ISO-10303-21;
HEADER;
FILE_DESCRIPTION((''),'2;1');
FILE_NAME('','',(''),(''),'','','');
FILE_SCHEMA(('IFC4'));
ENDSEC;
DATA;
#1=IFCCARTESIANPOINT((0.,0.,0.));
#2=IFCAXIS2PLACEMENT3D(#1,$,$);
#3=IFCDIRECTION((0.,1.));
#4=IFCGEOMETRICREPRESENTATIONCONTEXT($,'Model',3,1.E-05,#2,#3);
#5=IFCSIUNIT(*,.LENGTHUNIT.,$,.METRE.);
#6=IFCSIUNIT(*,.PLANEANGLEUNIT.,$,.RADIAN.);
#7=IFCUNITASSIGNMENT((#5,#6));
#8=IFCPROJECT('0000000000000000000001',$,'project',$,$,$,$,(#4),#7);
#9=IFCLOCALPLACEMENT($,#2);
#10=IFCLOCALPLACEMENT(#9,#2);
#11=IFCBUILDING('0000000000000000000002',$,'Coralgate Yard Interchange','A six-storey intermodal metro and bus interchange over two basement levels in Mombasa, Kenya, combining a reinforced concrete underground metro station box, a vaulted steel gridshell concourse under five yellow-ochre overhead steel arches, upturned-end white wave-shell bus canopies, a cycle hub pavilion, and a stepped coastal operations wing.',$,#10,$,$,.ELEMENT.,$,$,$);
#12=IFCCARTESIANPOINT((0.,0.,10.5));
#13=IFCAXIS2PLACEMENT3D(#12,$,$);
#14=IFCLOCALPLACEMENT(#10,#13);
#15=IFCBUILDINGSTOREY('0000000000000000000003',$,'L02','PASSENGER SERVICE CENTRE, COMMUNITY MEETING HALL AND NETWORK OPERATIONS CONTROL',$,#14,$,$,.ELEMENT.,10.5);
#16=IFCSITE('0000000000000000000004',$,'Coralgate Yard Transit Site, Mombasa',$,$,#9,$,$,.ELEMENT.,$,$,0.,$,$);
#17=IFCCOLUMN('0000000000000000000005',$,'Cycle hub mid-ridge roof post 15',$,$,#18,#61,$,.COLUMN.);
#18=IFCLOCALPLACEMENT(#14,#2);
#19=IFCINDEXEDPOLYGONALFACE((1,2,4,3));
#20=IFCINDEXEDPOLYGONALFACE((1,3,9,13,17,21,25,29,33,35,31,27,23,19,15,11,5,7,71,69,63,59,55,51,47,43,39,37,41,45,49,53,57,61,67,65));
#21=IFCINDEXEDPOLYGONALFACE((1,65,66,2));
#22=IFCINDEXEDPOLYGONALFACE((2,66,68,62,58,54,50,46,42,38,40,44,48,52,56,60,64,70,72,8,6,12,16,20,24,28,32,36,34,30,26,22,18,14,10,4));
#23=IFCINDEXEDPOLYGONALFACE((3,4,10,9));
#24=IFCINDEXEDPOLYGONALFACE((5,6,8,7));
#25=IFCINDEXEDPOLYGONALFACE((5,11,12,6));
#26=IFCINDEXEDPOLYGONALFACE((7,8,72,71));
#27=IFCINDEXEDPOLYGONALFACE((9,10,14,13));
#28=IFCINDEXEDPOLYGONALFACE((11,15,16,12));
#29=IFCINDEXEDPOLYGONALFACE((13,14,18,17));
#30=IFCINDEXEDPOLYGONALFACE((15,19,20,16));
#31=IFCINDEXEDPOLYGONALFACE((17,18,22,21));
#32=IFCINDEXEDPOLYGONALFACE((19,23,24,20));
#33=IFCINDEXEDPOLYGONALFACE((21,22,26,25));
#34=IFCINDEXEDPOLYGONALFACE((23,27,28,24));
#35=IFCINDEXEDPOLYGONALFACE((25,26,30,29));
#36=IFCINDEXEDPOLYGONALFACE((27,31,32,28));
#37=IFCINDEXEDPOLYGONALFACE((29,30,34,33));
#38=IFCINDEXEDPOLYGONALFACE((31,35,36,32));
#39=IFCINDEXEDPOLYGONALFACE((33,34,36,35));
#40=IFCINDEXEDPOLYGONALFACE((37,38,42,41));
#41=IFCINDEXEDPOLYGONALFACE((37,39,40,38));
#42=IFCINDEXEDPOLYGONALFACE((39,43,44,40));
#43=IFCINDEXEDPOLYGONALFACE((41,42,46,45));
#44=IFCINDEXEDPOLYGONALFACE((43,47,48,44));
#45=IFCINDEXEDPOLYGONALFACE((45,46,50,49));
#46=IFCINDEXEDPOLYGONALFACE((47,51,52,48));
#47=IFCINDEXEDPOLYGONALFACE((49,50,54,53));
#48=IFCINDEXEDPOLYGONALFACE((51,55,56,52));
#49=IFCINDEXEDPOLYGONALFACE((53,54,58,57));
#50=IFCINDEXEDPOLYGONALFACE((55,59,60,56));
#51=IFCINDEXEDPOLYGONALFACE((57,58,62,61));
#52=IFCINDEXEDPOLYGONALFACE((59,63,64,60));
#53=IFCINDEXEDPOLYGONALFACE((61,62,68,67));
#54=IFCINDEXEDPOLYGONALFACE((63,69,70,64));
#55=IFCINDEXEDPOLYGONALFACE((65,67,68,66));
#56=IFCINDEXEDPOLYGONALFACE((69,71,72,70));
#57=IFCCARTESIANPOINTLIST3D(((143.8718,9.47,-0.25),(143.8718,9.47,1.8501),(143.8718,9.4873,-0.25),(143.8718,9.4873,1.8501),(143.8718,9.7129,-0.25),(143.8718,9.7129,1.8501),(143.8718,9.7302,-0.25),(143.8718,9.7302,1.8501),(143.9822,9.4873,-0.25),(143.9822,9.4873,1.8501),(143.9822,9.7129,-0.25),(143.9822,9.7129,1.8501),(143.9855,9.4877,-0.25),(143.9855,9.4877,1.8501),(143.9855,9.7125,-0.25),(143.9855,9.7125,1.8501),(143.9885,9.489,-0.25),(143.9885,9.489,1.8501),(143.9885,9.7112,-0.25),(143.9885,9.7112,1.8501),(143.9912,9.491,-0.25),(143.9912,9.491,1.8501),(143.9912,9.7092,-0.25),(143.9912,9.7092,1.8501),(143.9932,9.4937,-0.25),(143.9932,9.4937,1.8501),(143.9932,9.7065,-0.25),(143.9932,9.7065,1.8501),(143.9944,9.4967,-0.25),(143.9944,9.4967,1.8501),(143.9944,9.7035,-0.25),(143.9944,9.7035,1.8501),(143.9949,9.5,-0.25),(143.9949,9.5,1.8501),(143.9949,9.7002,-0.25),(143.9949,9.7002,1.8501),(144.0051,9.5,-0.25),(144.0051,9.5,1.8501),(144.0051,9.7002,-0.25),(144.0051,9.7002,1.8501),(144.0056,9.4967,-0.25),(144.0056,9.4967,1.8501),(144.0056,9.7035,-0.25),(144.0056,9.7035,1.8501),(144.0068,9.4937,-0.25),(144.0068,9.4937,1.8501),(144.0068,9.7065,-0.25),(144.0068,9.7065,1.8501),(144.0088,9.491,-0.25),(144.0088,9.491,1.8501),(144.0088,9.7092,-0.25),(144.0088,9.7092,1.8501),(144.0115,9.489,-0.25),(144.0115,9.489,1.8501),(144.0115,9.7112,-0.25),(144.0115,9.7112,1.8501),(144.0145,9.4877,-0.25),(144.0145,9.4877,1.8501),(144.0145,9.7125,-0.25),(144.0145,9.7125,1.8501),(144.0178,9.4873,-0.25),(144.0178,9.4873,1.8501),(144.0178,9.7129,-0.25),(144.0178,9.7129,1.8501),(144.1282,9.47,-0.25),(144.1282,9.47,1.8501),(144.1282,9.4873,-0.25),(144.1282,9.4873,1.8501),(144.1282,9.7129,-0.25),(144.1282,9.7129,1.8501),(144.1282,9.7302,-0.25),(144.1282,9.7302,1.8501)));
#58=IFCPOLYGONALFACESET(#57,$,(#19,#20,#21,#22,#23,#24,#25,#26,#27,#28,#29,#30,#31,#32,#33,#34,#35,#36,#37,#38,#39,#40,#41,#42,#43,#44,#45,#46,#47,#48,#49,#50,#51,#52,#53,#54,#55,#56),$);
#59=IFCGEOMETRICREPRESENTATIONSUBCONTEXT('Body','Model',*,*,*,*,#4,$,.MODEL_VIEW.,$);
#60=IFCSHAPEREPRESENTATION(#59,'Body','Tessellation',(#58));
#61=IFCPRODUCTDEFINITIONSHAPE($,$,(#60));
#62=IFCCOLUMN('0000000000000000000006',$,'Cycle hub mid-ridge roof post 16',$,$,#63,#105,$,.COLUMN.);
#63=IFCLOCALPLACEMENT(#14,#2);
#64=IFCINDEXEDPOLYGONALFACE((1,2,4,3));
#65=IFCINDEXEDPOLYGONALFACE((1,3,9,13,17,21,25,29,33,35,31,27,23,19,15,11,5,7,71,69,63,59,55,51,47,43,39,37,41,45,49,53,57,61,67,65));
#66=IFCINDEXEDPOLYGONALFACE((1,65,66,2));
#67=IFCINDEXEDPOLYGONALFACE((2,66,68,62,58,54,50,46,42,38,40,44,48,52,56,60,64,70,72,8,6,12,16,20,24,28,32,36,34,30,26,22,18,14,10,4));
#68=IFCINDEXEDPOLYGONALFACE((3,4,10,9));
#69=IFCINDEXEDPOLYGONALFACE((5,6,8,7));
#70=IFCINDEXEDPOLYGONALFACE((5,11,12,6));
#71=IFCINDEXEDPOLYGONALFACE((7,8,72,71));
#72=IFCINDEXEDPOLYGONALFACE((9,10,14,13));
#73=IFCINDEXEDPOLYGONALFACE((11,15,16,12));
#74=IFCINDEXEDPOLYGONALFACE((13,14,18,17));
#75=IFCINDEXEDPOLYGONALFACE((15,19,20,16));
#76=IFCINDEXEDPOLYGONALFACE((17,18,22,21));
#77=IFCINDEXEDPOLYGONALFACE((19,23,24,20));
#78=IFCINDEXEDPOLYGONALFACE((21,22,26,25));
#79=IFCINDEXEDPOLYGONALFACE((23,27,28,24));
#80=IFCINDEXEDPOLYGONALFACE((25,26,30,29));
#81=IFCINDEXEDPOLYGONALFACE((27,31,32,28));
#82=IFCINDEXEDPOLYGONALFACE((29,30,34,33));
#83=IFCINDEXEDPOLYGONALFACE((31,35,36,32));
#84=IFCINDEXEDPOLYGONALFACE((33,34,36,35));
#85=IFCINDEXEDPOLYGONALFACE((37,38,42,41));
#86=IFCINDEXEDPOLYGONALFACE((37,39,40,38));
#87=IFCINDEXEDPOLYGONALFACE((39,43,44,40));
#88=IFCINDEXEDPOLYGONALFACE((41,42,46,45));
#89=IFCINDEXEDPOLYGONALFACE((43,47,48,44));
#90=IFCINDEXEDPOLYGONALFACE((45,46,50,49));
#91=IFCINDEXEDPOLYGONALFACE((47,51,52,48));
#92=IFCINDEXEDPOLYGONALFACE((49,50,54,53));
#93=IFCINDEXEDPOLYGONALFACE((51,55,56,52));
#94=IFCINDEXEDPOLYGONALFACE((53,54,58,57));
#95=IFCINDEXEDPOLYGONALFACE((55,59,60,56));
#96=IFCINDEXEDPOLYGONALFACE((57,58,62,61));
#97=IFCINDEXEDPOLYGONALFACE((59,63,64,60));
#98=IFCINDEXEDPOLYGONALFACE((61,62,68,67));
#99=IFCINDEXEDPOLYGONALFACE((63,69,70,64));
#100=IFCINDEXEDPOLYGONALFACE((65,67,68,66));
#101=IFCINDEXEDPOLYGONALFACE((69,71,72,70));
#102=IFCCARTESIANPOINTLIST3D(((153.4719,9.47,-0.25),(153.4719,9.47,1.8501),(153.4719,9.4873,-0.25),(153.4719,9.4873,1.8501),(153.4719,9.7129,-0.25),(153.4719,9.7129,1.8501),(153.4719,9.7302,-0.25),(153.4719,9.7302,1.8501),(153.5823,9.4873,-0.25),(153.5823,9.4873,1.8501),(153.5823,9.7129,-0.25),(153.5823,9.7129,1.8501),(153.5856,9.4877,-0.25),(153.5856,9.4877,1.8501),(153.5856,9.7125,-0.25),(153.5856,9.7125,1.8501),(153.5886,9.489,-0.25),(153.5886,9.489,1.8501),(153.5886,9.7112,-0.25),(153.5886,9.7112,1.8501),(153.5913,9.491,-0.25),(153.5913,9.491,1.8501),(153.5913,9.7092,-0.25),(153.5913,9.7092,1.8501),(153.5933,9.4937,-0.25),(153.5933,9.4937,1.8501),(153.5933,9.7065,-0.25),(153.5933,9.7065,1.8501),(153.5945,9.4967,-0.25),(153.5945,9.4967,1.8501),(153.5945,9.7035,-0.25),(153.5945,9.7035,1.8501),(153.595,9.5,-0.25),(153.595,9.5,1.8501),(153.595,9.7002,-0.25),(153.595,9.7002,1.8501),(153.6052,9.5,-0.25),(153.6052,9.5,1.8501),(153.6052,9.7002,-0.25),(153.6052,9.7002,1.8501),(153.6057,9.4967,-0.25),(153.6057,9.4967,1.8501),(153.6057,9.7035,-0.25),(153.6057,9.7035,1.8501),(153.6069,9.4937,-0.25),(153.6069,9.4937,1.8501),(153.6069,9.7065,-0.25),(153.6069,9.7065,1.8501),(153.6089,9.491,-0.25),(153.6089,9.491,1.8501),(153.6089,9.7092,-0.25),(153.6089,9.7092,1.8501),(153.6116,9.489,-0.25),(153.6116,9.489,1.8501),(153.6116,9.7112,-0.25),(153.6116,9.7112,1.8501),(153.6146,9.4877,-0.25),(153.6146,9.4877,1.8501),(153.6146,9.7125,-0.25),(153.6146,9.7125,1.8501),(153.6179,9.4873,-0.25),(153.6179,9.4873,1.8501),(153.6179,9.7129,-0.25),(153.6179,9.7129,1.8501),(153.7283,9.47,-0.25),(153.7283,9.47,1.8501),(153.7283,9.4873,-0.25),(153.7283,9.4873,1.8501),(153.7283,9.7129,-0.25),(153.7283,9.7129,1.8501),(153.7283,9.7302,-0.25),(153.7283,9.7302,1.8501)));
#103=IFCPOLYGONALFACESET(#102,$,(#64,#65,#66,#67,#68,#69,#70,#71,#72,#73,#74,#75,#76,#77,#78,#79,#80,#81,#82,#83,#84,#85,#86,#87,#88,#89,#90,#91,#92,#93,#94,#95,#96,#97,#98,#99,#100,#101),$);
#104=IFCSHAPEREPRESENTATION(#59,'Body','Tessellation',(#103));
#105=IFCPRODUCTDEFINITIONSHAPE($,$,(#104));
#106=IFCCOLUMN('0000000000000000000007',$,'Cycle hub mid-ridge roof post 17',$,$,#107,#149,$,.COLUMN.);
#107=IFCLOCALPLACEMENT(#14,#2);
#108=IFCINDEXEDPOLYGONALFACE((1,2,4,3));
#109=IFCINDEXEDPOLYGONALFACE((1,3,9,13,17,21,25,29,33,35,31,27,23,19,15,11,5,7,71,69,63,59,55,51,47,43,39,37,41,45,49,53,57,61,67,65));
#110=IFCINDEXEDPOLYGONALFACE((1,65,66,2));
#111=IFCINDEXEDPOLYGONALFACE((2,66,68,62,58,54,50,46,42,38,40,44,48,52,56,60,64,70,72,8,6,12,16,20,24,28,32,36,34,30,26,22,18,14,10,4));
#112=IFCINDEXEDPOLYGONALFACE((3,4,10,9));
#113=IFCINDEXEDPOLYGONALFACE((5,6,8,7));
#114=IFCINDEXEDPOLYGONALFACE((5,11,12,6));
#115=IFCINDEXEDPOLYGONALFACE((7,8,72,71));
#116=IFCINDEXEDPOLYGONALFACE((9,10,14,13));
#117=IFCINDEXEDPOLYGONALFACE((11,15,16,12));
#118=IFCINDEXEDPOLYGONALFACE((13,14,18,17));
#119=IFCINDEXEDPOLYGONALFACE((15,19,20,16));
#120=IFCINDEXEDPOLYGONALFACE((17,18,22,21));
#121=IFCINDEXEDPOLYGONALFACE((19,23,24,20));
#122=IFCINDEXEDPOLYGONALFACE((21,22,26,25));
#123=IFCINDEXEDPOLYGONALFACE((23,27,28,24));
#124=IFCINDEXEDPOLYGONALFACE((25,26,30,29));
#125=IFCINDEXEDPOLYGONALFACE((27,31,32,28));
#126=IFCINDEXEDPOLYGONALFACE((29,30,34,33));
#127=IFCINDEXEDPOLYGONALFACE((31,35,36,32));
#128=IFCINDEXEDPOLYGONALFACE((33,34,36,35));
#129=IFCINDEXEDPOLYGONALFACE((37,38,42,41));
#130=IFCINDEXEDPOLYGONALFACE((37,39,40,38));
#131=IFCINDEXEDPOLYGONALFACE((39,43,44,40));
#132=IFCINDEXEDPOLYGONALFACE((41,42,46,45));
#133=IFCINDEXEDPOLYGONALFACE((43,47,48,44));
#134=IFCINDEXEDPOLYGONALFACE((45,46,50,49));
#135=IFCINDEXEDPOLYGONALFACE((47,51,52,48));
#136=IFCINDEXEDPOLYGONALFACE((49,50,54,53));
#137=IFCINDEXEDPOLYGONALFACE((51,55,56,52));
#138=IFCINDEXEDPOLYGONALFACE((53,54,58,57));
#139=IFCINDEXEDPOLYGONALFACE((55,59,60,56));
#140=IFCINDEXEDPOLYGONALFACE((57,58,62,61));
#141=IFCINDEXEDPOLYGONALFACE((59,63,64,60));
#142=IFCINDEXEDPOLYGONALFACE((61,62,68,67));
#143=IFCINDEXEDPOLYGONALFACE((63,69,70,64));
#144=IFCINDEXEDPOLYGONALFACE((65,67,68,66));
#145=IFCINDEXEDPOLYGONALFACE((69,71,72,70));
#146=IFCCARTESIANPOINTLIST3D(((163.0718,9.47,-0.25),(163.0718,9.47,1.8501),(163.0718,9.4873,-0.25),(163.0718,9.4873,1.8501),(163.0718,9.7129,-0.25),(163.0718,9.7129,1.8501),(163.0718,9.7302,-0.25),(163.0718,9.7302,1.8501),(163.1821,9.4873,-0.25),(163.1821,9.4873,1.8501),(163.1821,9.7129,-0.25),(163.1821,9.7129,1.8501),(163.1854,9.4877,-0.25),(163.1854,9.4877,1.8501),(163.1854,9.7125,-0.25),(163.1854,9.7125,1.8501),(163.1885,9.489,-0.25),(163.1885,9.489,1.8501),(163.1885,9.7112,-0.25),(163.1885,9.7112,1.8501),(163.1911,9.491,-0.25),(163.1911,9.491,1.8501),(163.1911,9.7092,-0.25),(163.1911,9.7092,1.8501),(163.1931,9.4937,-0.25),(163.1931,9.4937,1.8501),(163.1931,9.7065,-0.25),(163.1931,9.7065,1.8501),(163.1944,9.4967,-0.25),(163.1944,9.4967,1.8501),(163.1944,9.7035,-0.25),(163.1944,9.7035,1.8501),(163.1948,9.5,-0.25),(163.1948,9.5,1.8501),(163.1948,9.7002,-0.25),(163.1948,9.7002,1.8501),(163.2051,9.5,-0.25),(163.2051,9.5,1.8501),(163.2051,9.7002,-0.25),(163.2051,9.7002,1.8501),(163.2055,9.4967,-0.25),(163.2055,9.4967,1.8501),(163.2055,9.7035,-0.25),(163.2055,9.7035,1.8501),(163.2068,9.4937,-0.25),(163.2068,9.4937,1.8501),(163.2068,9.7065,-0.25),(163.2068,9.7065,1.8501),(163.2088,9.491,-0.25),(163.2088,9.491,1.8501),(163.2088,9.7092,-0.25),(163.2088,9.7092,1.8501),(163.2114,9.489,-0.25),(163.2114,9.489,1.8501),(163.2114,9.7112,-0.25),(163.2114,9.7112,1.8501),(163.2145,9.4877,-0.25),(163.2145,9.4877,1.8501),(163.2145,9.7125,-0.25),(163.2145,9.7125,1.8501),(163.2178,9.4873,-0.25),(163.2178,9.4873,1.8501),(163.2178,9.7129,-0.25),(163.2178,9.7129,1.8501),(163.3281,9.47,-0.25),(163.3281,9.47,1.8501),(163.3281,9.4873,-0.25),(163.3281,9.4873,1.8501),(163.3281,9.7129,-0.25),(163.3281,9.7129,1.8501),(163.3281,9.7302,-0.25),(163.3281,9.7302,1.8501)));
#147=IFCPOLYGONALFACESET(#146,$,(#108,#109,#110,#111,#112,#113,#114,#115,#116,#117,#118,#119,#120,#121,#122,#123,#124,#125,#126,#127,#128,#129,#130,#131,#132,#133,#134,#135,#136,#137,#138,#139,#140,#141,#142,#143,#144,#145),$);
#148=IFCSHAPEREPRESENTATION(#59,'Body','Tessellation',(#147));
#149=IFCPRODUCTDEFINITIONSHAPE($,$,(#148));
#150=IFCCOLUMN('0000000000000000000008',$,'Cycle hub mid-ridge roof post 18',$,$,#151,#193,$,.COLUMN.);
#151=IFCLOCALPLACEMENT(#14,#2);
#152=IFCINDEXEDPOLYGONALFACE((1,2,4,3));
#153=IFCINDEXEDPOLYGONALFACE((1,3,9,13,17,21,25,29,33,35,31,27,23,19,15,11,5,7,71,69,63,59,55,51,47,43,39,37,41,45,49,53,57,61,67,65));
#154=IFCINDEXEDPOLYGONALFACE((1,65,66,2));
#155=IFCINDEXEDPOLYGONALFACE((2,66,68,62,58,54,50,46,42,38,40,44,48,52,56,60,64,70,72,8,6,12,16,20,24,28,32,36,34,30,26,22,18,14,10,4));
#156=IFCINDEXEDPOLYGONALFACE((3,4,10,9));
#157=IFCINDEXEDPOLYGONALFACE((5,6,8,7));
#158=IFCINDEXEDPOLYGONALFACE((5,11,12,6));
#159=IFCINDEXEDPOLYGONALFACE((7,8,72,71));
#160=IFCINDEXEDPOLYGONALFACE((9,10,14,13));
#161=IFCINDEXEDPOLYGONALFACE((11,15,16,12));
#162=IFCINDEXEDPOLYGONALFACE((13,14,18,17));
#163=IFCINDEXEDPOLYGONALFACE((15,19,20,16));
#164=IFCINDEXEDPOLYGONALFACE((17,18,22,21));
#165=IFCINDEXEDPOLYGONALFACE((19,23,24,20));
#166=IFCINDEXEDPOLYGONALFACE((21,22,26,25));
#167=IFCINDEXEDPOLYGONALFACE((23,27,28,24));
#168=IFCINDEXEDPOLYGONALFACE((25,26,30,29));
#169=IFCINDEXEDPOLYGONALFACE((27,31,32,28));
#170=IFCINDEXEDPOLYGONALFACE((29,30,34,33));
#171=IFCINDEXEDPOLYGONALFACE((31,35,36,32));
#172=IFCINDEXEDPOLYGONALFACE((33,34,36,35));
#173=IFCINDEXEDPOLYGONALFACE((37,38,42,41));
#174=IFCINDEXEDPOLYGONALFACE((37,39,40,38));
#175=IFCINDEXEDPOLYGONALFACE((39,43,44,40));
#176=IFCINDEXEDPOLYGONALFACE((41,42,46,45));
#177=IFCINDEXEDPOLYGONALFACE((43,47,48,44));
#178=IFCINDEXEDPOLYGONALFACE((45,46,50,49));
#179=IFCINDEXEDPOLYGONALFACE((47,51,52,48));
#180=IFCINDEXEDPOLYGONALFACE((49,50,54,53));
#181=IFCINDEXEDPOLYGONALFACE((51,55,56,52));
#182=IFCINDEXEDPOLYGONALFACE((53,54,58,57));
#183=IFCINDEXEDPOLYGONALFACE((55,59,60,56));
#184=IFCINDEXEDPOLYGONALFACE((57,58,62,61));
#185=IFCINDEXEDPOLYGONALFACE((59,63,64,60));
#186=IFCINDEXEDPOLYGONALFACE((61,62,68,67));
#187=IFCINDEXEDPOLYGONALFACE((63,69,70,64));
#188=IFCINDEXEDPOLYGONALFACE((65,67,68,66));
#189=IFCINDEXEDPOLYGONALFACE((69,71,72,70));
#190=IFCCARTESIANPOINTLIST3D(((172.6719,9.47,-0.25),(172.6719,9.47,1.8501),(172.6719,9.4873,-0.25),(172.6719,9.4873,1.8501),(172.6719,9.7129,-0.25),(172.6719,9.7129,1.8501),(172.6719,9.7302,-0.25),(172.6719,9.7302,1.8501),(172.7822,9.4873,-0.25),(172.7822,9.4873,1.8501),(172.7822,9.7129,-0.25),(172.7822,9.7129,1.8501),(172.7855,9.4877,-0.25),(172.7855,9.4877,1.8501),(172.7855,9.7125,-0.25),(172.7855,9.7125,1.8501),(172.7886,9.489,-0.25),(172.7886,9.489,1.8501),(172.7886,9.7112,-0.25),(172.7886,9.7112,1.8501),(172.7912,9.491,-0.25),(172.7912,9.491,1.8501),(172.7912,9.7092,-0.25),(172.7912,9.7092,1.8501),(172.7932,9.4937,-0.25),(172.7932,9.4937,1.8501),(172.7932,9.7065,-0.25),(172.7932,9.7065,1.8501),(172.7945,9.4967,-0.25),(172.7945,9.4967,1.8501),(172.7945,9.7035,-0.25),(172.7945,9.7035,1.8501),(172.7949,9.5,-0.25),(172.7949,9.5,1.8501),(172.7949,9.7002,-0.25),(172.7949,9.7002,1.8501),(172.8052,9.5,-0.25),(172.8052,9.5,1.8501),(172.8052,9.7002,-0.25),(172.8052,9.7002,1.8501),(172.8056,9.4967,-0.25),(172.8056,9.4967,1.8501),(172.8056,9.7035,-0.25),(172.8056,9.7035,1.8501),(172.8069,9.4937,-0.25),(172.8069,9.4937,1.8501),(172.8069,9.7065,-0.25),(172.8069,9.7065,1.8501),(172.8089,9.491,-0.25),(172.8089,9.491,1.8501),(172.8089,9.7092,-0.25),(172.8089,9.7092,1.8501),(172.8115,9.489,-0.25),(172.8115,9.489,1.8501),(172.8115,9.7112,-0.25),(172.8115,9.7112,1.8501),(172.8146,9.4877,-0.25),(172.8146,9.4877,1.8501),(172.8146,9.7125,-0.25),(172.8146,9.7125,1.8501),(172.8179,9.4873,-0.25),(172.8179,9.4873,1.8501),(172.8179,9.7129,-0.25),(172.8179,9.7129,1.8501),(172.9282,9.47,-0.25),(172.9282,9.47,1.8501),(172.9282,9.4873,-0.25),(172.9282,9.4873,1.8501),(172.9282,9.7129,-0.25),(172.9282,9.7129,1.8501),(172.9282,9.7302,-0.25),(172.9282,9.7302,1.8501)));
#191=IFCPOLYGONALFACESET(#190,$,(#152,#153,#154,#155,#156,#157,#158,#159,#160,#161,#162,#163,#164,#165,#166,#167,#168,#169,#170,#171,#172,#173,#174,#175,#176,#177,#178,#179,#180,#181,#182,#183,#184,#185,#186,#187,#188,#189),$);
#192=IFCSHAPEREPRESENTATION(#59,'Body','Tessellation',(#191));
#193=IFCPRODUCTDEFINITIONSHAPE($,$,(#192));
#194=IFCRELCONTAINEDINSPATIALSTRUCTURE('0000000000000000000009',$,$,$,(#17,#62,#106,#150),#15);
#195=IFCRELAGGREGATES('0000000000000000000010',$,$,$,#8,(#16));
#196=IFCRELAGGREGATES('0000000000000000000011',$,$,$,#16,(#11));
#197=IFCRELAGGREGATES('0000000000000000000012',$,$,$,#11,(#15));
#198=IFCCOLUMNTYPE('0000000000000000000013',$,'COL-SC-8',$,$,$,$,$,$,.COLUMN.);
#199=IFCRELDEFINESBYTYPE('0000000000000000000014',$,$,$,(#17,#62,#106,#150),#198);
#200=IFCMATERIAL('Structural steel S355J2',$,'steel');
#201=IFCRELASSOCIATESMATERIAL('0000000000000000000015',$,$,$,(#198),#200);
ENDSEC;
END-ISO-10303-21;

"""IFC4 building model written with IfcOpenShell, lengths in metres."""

from ifc_helpers import new_model, si_unit, direction, frame, origin, origin_2d, place, context, subcontext, project, spatial, i_section, extrude, material, material_profile, profile_set, type_object, element, save


model = new_model("IFC4")

# Units and contexts
model_context = context("Model", 3, precision=1e-05, world=origin(), true_north=direction((0.0, 1.0)))
body_context = subcontext(model_context, "Body", "Model", "MODEL_VIEW")
ifc_project = project(units=[si_unit("LENGTHUNIT", "METRE"), si_unit("PLANEANGLEUNIT", "RADIAN")], contexts=[model_context])

# Site, building, storey
site_placement = place(None, origin())
site = spatial("IfcSite", under=ifc_project, at=site_placement, Name="Coralgate Yard Transit Site, Mombasa", CompositionType="ELEMENT", RefElevation=0.0)
building_placement = place(site_placement, origin())
building = spatial("IfcBuilding", under=site, at=building_placement, Name="Coralgate Yard Interchange", Description="A six-storey intermodal metro and bus interchange over two basement levels in Mombasa, Kenya, combining a reinforced concrete underground metro station box, a vaulted steel gridshell concourse under five yellow-ochre overhead steel arches, upturned-end white wave-shell bus canopies, a cycle hub pavilion, and a stepped coastal operations wing.", CompositionType="ELEMENT")
storey_placement = place(building_placement, frame((0.0, 0.0, 10.5)))
storey = spatial("IfcBuildingStorey", under=building, at=storey_placement, Name="L02", Description="PASSENGER SERVICE CENTRE, COMMUNITY MEETING HALL AND NETWORK OPERATIONS CONTROL", CompositionType="ELEMENT", Elevation=10.5)

# Columns
ifc_material_1 = material(Name="Structural steel S355J2", Category="steel")
ifc_material_profile_1 = material_profile(ifc_material_1, i_section(OverallWidth=0.2563, OverallDepth=0.2603, WebThickness=0.0103, FlangeThickness=0.0173, FilletRadius=0.0127, at=origin_2d()), Name="UC 254x254x89")
ifc_profile_set_1 = profile_set([ifc_material_profile_1], Name="Structural steel S355J2")
column_type = type_object("IfcColumnType", Name="COL-SC-8", PredefinedType="COLUMN", material=ifc_profile_set_1)
for number, where, z_axis, x_axis, name in (
    (1, (144.0, 9.6001, -0.25), (0.0, 0.0, 1.0), (1.0, 0.0, 0.0), "Cycle hub mid-ridge roof post 15"),
    (2, (153.6001, 9.6001, -0.25), (0.0, 0.0, 1.0), (1.0, 0.0, 0.0), "Cycle hub mid-ridge roof post 16"),
    (3, (163.2, 9.6001, -0.25), (0.0, 0.0, 1.0), (1.0, 0.0, 0.0), "Cycle hub mid-ridge roof post 17"),
    (4, (172.8, 9.6001, -0.25), (0.0, 0.0, 1.0), (1.0, 0.0, 0.0), "Cycle hub mid-ridge roof post 18"),
):
    element("IfcColumn", number, at=place(storey_placement, frame(where, z_axis=z_axis, x_axis=x_axis)), inside=storey, type_object=column_type, Name=name, PredefinedType="COLUMN", context=body_context, shape_type="SweptSolid", body=[
        extrude(i_section(OverallWidth=0.2563, OverallDepth=0.2603, WebThickness=0.0103, FlangeThickness=0.0173, FilletRadius=0.0127, at=origin_2d()), origin(), (0.0, 0.0, 1.0), 2.1001),
    ])

save(model, "model.ifc")
